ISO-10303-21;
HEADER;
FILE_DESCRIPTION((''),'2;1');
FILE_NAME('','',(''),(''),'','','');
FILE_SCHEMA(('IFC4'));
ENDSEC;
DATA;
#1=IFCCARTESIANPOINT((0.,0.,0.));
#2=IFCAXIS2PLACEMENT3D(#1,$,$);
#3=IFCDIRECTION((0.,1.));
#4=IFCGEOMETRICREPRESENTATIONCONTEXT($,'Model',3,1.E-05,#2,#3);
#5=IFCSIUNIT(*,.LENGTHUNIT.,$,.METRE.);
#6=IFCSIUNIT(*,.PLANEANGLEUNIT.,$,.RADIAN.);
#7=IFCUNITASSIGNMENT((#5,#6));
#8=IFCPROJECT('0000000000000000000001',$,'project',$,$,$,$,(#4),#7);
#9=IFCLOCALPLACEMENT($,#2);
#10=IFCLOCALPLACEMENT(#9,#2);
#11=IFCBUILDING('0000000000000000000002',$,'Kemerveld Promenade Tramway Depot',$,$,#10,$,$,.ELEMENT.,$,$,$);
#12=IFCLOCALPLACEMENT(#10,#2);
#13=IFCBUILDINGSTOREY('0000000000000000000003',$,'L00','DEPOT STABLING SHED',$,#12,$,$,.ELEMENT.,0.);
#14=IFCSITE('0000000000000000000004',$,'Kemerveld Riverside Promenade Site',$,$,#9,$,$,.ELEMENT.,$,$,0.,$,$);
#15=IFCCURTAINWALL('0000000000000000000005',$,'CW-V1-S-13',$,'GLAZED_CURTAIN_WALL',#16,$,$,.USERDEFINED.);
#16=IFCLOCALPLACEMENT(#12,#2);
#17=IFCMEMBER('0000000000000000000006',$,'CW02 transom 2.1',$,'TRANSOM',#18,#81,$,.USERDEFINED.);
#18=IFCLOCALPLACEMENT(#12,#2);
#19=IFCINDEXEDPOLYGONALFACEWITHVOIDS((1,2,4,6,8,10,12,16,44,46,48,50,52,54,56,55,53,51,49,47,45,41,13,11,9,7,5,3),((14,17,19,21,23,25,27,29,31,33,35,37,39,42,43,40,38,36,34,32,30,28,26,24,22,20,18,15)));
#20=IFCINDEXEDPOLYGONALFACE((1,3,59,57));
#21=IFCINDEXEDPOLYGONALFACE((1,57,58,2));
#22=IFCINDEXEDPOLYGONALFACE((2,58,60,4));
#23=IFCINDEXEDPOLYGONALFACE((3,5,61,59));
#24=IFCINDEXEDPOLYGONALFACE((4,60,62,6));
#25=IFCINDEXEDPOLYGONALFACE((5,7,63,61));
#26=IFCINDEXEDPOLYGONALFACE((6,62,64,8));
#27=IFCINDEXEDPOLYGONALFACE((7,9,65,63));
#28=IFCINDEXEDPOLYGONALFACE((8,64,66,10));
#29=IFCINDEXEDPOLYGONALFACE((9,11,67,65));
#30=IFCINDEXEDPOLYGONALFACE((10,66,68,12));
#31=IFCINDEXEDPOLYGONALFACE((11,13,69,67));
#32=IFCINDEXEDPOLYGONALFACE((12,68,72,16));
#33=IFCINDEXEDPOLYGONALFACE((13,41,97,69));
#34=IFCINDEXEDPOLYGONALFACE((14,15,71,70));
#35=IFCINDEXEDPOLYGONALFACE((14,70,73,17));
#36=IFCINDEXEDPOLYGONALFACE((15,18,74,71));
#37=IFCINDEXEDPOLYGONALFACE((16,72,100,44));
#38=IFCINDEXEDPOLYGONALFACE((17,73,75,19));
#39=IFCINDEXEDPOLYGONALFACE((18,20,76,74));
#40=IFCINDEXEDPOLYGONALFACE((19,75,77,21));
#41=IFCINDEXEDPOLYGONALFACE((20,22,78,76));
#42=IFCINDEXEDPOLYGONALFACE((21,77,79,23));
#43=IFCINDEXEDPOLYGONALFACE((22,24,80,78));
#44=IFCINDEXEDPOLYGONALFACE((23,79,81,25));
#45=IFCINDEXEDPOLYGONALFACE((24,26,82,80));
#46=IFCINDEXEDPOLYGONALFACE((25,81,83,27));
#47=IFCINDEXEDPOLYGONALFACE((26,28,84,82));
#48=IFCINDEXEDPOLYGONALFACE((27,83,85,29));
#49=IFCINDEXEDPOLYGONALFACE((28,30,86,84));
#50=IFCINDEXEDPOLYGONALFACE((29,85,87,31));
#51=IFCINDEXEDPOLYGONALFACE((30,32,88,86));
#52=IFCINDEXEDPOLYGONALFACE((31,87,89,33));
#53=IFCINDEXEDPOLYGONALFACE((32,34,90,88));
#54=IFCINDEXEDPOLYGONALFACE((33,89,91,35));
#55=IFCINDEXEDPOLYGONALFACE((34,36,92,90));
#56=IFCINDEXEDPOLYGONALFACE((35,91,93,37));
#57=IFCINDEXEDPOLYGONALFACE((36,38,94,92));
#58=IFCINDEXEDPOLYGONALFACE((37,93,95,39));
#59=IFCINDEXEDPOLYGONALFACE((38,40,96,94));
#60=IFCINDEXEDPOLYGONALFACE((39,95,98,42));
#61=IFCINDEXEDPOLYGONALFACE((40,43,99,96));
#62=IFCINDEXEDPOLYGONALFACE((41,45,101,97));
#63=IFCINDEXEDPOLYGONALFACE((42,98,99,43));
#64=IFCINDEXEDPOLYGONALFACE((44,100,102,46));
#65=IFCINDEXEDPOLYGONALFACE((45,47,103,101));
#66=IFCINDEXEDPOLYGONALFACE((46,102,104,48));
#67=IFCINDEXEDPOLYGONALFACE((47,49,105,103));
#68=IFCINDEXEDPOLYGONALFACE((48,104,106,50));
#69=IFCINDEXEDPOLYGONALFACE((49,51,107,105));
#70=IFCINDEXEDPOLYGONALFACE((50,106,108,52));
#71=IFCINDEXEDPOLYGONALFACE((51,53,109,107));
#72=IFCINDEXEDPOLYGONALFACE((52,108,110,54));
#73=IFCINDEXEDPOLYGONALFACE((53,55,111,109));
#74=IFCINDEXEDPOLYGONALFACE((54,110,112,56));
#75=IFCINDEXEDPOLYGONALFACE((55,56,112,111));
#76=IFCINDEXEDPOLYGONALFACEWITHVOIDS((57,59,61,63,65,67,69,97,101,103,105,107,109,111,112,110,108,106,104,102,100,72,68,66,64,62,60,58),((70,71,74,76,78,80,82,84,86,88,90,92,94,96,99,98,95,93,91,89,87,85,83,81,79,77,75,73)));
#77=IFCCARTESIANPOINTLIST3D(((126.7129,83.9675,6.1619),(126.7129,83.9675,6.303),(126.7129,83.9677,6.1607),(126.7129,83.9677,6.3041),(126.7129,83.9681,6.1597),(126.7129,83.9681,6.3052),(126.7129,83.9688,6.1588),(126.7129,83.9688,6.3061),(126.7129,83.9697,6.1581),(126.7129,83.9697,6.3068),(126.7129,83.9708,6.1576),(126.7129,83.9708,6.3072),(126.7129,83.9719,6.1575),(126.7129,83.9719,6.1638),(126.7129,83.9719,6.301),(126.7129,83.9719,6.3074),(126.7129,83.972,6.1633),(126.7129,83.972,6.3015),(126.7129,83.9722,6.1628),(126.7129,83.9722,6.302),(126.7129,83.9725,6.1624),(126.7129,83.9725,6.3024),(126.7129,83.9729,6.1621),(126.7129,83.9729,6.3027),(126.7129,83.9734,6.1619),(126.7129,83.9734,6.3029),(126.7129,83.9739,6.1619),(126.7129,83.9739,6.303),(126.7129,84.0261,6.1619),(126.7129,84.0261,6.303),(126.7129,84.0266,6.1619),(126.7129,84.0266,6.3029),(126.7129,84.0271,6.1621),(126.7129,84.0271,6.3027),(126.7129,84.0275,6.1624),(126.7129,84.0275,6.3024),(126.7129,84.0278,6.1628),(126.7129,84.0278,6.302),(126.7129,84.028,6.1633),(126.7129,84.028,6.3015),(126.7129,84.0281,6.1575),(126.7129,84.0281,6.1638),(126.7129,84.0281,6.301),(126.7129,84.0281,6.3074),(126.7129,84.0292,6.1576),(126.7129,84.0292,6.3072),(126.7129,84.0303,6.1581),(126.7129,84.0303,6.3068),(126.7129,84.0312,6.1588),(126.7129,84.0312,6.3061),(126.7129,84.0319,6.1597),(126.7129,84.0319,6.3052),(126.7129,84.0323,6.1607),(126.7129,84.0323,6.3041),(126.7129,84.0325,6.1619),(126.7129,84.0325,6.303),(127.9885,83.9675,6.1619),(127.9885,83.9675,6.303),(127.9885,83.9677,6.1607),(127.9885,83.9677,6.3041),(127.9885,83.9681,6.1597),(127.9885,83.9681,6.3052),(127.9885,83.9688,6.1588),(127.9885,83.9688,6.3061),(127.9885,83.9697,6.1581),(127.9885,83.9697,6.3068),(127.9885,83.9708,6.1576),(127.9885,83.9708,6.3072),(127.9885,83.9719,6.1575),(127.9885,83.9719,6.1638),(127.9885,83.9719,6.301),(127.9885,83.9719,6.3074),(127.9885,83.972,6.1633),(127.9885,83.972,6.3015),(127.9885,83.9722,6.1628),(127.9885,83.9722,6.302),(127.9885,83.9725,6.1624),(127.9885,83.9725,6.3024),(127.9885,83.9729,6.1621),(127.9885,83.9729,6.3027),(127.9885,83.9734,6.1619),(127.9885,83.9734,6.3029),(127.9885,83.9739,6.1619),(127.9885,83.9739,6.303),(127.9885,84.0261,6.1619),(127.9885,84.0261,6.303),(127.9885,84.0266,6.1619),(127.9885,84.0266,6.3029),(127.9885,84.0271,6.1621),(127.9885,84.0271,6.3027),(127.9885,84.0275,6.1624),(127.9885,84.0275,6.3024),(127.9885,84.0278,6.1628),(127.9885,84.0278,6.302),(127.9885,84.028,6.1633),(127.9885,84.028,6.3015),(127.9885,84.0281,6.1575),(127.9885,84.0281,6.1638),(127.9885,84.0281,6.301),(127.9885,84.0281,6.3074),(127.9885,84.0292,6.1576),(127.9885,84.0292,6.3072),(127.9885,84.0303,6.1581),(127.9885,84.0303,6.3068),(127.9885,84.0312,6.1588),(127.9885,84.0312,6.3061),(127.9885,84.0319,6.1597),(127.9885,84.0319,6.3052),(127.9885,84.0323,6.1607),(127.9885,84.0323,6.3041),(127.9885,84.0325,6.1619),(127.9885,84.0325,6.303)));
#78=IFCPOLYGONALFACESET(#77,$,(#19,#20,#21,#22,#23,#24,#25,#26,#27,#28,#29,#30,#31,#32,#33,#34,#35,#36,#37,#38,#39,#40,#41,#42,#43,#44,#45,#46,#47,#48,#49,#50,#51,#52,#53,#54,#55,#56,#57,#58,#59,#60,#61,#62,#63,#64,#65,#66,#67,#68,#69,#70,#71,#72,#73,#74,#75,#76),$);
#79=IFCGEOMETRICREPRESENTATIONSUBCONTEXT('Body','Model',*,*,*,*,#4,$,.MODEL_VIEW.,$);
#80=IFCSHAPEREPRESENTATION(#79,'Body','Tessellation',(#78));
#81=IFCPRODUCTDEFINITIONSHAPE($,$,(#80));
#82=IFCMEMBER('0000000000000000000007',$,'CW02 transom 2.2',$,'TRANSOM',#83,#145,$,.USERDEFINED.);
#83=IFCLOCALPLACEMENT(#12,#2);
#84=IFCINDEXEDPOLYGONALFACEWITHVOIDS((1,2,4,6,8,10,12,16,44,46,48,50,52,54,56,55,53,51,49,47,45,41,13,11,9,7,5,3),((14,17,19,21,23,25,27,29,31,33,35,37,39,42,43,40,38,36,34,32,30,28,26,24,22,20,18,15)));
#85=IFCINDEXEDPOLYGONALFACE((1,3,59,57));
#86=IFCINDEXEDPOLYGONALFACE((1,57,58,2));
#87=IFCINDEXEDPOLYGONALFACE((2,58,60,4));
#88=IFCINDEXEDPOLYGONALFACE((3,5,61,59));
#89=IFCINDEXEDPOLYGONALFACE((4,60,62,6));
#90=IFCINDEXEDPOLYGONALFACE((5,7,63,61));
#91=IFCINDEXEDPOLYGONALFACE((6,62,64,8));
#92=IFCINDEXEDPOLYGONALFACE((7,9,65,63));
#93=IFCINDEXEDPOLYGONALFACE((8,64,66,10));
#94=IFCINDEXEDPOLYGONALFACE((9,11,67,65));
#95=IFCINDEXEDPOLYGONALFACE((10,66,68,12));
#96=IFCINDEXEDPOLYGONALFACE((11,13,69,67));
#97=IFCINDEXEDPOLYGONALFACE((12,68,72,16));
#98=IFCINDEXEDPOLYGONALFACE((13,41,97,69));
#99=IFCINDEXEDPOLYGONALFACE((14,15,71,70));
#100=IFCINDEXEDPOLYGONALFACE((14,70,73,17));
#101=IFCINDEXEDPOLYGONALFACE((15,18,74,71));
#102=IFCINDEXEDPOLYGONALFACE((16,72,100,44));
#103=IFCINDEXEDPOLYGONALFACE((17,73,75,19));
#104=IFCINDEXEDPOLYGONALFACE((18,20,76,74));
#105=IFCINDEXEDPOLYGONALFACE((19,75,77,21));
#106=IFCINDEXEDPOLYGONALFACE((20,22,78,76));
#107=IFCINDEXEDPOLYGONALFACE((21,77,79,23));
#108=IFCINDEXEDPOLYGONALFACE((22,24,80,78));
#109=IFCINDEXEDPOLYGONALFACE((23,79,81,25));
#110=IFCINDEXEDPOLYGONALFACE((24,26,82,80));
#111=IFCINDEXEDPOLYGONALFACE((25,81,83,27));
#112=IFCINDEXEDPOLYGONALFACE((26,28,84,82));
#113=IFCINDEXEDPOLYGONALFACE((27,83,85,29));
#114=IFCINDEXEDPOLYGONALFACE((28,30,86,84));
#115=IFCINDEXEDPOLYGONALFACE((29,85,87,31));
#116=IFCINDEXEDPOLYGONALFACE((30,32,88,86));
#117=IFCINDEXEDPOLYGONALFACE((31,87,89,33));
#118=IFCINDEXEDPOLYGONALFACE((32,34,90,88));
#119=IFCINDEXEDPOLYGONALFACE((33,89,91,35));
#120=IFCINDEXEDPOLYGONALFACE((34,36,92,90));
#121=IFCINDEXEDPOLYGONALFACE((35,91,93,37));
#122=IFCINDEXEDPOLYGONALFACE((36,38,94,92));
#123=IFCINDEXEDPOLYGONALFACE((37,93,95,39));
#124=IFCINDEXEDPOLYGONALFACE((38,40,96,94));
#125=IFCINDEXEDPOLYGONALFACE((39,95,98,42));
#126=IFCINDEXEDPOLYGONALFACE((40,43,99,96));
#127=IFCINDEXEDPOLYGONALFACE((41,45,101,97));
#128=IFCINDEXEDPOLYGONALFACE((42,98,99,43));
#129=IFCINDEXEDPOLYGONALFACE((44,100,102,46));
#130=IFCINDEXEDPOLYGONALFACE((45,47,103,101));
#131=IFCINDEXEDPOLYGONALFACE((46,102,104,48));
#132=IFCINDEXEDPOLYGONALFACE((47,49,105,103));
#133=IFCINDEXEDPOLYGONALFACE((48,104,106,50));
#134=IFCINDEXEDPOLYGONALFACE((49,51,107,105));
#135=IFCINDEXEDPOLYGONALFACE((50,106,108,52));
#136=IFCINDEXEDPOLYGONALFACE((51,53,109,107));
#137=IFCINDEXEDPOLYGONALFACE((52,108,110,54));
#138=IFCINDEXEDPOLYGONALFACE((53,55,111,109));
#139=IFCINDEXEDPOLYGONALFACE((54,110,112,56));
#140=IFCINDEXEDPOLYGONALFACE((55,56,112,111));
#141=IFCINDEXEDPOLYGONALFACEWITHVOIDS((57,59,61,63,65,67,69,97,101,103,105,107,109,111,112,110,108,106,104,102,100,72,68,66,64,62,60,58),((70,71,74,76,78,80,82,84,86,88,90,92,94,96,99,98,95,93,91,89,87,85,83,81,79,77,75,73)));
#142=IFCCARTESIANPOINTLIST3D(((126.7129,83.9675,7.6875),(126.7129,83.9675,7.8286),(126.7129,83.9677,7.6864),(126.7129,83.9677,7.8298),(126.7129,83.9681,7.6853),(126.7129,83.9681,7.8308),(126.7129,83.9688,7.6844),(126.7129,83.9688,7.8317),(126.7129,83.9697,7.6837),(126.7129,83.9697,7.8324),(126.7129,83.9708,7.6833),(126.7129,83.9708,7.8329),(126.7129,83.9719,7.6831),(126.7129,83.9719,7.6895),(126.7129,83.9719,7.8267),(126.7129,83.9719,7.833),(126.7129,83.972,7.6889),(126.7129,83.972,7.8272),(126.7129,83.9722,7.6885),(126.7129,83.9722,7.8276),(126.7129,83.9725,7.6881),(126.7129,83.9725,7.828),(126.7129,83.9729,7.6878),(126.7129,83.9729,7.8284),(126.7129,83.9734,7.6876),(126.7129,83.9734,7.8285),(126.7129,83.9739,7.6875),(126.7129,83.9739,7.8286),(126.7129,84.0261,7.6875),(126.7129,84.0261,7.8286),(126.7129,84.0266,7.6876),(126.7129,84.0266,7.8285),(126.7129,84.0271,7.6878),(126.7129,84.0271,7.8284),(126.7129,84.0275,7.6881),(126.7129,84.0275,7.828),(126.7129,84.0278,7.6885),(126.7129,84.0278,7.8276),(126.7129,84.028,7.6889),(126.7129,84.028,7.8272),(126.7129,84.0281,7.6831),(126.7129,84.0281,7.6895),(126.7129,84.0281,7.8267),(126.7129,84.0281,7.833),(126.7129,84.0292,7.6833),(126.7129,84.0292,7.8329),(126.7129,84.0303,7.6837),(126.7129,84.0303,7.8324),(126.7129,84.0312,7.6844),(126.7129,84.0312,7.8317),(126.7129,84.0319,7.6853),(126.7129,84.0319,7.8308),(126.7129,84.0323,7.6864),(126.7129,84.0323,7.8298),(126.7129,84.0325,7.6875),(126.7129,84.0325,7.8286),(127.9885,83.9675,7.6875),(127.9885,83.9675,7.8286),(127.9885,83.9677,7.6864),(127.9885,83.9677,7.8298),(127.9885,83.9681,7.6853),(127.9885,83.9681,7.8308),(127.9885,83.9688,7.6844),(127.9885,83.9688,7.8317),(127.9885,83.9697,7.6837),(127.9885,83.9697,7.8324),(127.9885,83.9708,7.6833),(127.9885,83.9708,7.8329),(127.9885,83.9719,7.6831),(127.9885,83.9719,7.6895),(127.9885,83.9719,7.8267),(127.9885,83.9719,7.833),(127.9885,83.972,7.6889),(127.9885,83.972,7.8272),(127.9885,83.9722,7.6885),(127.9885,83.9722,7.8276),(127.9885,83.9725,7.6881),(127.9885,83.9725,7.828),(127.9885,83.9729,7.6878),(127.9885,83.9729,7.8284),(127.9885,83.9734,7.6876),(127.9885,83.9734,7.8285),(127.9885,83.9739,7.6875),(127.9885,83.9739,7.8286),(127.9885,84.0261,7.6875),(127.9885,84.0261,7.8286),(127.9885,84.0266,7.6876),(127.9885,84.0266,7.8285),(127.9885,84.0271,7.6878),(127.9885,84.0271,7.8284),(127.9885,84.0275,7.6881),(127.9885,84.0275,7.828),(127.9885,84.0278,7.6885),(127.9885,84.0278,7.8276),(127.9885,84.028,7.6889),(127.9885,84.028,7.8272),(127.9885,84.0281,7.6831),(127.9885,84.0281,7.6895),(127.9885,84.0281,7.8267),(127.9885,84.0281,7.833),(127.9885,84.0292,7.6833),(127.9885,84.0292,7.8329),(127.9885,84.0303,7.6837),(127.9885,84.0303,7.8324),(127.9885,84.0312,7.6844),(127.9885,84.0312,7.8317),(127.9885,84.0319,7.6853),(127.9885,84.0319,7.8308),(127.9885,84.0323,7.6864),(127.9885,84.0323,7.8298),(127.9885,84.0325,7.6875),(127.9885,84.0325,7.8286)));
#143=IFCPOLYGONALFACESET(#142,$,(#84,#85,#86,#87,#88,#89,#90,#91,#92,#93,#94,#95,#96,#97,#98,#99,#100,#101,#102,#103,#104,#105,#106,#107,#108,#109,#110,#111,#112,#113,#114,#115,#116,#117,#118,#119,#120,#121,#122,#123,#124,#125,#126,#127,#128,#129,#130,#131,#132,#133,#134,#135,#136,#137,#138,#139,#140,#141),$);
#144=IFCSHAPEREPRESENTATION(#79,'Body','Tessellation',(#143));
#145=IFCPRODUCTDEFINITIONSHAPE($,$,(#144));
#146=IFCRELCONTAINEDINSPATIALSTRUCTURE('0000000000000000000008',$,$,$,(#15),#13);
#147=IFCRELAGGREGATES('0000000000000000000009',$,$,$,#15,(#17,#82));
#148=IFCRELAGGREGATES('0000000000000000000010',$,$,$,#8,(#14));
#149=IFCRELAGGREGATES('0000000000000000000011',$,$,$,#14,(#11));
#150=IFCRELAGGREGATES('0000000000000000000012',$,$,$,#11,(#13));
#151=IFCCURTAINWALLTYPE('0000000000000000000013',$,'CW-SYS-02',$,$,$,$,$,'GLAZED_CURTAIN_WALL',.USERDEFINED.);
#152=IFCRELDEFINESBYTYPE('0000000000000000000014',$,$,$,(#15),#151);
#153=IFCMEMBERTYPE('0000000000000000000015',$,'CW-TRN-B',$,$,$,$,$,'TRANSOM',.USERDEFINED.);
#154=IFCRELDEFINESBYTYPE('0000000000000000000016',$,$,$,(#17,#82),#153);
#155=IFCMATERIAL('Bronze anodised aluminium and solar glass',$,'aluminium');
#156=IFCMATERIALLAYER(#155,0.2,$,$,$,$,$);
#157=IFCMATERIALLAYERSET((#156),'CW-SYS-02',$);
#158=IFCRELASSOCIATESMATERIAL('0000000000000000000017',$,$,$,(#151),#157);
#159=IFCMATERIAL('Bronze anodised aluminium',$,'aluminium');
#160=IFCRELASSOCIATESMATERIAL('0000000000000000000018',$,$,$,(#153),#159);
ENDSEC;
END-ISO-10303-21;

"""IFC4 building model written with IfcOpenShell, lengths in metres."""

from ifc_helpers import new_model, si_unit, direction, frame, origin, origin_2d, place, context, subcontext, project, spatial, hollow_rectangle, extrude, material, layer, layer_set, material_profile, profile_set, type_object, element, aggregate, save


model = new_model("IFC4")

# Units and contexts
model_context = context("Model", 3, precision=1e-05, world=origin(), true_north=direction((0.0, 1.0)))
body_context = subcontext(model_context, "Body", "Model", "MODEL_VIEW")
ifc_project = project(units=[si_unit("LENGTHUNIT", "METRE"), si_unit("PLANEANGLEUNIT", "RADIAN")], contexts=[model_context])

# Site, building, storey
site_placement = place(None, origin())
site = spatial("IfcSite", under=ifc_project, at=site_placement, Name="Kemerveld Riverside Promenade Site", CompositionType="ELEMENT", RefElevation=0.0)
building_placement = place(site_placement, origin())
building = spatial("IfcBuilding", under=site, at=building_placement, Name="Kemerveld Promenade Tramway Depot", CompositionType="ELEMENT")
storey_placement = place(building_placement, origin())
storey = spatial("IfcBuildingStorey", under=building, at=storey_placement, Name="L00", Description="DEPOT STABLING SHED", CompositionType="ELEMENT", Elevation=0.0)

# Shared definitions
ifc_material_1 = material(Name="Bronze anodised aluminium and solar glass", Category="aluminium")
ifc_material_2 = material(Name="Bronze anodised aluminium", Category="aluminium")

# Curtain wall
ifc_layer_1 = layer(ifc_material_1, 0.2)
ifc_layer_set_1 = layer_set([ifc_layer_1], Name="CW-SYS-02")
curtain_wall_type_1 = type_object("IfcCurtainWallType", Name="CW-SYS-02", ElementType="GLAZED_CURTAIN_WALL", PredefinedType="USERDEFINED", material=ifc_layer_set_1)
curtain_wall_1_placement = place(storey_placement, origin())
curtain_wall_1 = element("IfcCurtainWall", 1, at=curtain_wall_1_placement, inside=storey, type_object=curtain_wall_type_1, Name="CW-V1-S-13", ObjectType="GLAZED_CURTAIN_WALL", PredefinedType="USERDEFINED")

# Members
ifc_material_profile_1 = material_profile(ifc_material_2, hollow_rectangle(XDim=0.0649, YDim=0.1499, WallThickness=0.0044, InnerFilletRadius=0.002, OuterFilletRadius=0.0044, at=origin_2d()), Name="CW-TRN-150x65")
ifc_profile_set_1 = profile_set([ifc_material_profile_1], Name="Bronze anodised aluminium")
member_type_1 = type_object("IfcMemberType", Name="CW-TRN-B", ElementType="TRANSOM", PredefinedType="USERDEFINED", material=ifc_profile_set_1)
member_1_placement = place(storey_placement, frame((127.9885, 84.0, 6.2324), z_axis=(-1.0, 0.0, 0.0), x_axis=(0.0, -1.0, 0.0)))
member_1 = element("IfcMember", 2, at=member_1_placement, type_object=member_type_1, Name="CW02 transom 2.1", ObjectType="TRANSOM", PredefinedType="USERDEFINED", context=body_context, shape_type="SweptSolid", body=[
    extrude(hollow_rectangle(XDim=0.0649, YDim=0.1499, WallThickness=0.0044, InnerFilletRadius=0.002, OuterFilletRadius=0.0044, at=origin_2d()), origin(), (0.0, 0.0, 1.0), 1.2756),
])
member_2_placement = place(storey_placement, frame((127.9885, 84.0, 7.7581), z_axis=(-1.0, 0.0, 0.0), x_axis=(0.0, -1.0, 0.0)))
member_2 = element("IfcMember", 3, at=member_2_placement, type_object=member_type_1, Name="CW02 transom 2.2", ObjectType="TRANSOM", PredefinedType="USERDEFINED", context=body_context, shape_type="SweptSolid", body=[
    extrude(hollow_rectangle(XDim=0.0649, YDim=0.1499, WallThickness=0.0044, InnerFilletRadius=0.002, OuterFilletRadius=0.0044, at=origin_2d()), origin(), (0.0, 0.0, 1.0), 1.2756),
])

aggregate(curtain_wall_1, [member_1, member_2])

save(model, "model.ifc")
